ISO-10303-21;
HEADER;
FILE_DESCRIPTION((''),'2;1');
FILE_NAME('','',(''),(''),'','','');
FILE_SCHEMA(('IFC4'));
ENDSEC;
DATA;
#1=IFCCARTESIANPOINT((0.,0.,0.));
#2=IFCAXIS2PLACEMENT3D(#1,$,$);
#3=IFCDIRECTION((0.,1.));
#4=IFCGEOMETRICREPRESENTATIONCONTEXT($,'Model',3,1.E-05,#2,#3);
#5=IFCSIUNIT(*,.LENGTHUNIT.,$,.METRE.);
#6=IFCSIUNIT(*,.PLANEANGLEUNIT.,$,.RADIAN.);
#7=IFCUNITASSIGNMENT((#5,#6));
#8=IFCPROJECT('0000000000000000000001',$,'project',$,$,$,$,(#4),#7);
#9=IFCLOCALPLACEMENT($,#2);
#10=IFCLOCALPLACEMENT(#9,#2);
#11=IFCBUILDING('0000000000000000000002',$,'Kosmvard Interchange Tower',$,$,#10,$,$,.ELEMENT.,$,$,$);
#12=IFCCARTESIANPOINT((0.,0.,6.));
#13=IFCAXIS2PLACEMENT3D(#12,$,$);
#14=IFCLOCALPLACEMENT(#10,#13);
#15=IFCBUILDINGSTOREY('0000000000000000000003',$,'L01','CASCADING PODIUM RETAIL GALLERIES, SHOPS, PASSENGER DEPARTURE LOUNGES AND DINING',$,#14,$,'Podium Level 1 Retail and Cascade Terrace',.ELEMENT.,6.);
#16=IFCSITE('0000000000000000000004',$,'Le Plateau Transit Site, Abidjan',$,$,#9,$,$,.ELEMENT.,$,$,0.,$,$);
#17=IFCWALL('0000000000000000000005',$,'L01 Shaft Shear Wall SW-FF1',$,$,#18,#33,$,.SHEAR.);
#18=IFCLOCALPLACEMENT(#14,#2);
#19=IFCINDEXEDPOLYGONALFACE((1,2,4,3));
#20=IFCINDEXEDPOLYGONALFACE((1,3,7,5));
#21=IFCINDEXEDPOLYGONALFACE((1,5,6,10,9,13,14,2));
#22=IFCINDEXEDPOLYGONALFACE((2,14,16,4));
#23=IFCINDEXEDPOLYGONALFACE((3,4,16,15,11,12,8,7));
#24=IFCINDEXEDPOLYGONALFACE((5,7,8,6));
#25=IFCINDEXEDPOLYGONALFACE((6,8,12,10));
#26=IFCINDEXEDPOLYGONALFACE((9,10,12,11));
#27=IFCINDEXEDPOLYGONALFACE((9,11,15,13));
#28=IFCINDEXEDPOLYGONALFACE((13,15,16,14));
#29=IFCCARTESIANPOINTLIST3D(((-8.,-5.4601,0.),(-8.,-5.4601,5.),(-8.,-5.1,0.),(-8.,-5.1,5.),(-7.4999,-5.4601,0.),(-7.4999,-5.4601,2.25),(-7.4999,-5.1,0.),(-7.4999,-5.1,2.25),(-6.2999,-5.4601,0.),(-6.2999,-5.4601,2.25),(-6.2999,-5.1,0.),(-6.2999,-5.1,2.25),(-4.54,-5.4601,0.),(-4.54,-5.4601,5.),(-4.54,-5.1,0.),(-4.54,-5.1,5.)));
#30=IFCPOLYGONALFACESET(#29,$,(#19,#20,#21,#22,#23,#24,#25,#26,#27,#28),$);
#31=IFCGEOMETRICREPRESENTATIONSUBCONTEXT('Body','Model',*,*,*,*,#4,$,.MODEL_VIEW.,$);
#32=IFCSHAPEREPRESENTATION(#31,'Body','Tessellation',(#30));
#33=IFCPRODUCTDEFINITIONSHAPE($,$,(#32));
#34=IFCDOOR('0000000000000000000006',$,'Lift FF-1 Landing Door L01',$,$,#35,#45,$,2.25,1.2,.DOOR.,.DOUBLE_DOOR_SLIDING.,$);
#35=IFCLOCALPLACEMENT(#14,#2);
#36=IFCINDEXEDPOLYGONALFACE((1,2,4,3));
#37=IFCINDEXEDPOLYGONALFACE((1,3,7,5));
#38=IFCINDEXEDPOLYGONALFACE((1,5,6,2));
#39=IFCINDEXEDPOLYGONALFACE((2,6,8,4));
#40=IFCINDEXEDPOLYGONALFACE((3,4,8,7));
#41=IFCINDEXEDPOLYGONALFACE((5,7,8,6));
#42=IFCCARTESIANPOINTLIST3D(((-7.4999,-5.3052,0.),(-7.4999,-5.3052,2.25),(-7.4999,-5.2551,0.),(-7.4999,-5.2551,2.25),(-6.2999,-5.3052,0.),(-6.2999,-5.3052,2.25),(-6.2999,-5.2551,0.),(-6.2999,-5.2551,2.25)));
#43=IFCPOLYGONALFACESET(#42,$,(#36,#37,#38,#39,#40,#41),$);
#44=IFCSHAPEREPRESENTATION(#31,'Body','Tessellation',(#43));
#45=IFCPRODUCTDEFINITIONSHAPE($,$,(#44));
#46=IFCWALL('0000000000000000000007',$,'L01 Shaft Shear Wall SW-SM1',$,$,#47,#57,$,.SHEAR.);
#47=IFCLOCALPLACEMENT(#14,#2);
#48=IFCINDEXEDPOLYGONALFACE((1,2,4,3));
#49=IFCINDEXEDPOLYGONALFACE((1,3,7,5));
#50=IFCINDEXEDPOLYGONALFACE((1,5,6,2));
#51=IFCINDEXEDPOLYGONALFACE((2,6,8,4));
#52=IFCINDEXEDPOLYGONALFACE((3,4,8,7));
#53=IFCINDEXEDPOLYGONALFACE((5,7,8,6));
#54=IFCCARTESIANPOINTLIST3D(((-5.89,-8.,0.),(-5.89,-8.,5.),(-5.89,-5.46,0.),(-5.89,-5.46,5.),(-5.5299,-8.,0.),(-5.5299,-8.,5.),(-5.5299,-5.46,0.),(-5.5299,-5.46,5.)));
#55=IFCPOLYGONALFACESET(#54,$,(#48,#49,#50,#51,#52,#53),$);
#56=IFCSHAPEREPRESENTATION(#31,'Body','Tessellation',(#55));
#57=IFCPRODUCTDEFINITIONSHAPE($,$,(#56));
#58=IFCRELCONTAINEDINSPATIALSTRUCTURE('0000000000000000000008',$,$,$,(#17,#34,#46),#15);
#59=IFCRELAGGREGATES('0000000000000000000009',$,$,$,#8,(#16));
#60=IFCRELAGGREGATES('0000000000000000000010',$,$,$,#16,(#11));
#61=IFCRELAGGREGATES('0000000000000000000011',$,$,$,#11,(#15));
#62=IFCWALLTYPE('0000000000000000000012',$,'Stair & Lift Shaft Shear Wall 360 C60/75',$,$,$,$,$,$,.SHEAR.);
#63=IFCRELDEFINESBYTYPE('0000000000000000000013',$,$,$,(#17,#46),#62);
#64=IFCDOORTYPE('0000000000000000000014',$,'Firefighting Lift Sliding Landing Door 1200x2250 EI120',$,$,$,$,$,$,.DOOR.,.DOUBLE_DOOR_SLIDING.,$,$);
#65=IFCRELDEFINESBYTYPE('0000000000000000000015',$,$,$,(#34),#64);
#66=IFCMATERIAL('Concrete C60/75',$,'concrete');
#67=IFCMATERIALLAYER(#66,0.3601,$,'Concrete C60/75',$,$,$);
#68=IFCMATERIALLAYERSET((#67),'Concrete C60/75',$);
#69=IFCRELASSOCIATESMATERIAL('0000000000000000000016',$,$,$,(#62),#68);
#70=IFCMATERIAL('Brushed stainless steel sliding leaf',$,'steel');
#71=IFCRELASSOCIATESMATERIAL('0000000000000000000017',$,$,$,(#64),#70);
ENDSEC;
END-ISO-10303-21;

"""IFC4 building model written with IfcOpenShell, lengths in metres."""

from ifc_helpers import new_model, si_unit, direction, frame, frame_2d, origin, place, context, subcontext, project, spatial, rectangle, extrude, source, transform, mapped, material, layer, layer_set, type_object, element, fill, save


model = new_model("IFC4")

# Units and contexts
model_context = context("Model", 3, precision=1e-05, world=origin(), true_north=direction((0.0, 1.0)))
body_context = subcontext(model_context, "Body", "Model", "MODEL_VIEW")
ifc_project = project(units=[si_unit("LENGTHUNIT", "METRE"), si_unit("PLANEANGLEUNIT", "RADIAN")], contexts=[model_context])

# Site, building, storey
site_placement = place(None, origin())
site = spatial("IfcSite", under=ifc_project, at=site_placement, Name="Le Plateau Transit Site, Abidjan", CompositionType="ELEMENT", RefElevation=0.0)
building_placement = place(site_placement, origin())
building = spatial("IfcBuilding", under=site, at=building_placement, Name="Kosmvard Interchange Tower", CompositionType="ELEMENT")
storey_placement = place(building_placement, frame((0.0, 0.0, 6.0)))
storey = spatial("IfcBuildingStorey", under=building, at=storey_placement, Name="L01", Description="CASCADING PODIUM RETAIL GALLERIES, SHOPS, PASSENGER DEPARTURE LOUNGES AND DINING", LongName="Podium Level 1 Retail and Cascade Terrace", CompositionType="ELEMENT", Elevation=6.0)

# Shared definitions
ifc_material_1 = material(Name="Brushed stainless steel sliding leaf", Category="steel")

# Shared definitions
ifc_material_2 = material(Name="Concrete C60/75", Category="concrete")
ifc_layer_1 = layer(ifc_material_2, 0.3601, Name="Concrete C60/75")
ifc_layer_set_1 = layer_set([ifc_layer_1], Name="Concrete C60/75")
wall_type_1 = type_object("IfcWallType", Name="Stair & Lift Shaft Shear Wall 360 C60/75", PredefinedType="SHEAR", material=ifc_layer_set_1)

# Wall, opening, door
wall_1_placement = place(storey_placement, frame((-8.0, -5.28, 0.0), z_axis=(0.0, 0.0, 1.0), x_axis=(1.0, 0.0, 0.0)))
wall_1 = element("IfcWall", 1, at=wall_1_placement, inside=storey, type_object=wall_type_1, Name="L01 Shaft Shear Wall SW-FF1", PredefinedType="SHEAR", context=body_context, shape_type="SweptSolid", body=[
    extrude(rectangle(XDim=3.46, YDim=0.3601, at=frame_2d((1.73, 0.0))), origin(), (0.0, 0.0, 1.0), 5.0),
])
opening_1_placement = place(wall_1_placement, frame((0.5, 0.0, 0.0)))
opening_1 = element("IfcOpeningElement", 2, at=opening_1_placement, cuts=wall_1, PredefinedType="OPENING", context=body_context, shape_type="SweptSolid", body=[
    extrude(rectangle(XDim=1.2, YDim=2.25, at=frame_2d((0.6001, 1.125))), frame((0.0, 0.1899, 0.0), z_axis=(0.0, -1.0, 0.0), x_axis=(1.0, 0.0, 0.0)), (0.0, 0.0, 1.0), 0.3801),
])
door_type_1 = type_object("IfcDoorType", Name="Firefighting Lift Sliding Landing Door 1200x2250 EI120", OperationType="DOUBLE_DOOR_SLIDING", PredefinedType="DOOR", material=ifc_material_1)
shared_shape_1 = source(origin(), body_context, "Body", "SweptSolid", [
    extrude(rectangle(XDim=1.2, YDim=2.25, at=frame_2d((0.6001, 1.125))), frame((0.0, 0.0249, 0.0), z_axis=(0.0, -1.0, 0.0), x_axis=(1.0, 0.0, 0.0)), (0.0, 0.0, 1.0), 0.05),
])
door_1_placement = place(opening_1_placement, origin())
door_1 = element("IfcDoor", 3, at=door_1_placement, inside=storey, type_object=door_type_1, Name="Lift FF-1 Landing Door L01", OperationType="DOUBLE_DOOR_SLIDING", OverallHeight=2.25, OverallWidth=1.2, PredefinedType="DOOR", context=body_context, shape_type="MappedRepresentation", body=[
    mapped(shared_shape_1, transform((0.0, 0.0, 0.0), scale=1.0)),
])
fill(opening_1, door_1)

# Wall
wall_2_placement = place(storey_placement, frame((-5.71, -8.0, 0.0), z_axis=(0.0, 0.0, 1.0), x_axis=(0.0, 1.0, 0.0)))
element("IfcWall", 4, at=wall_2_placement, inside=storey, type_object=wall_type_1, Name="L01 Shaft Shear Wall SW-SM1", PredefinedType="SHEAR", context=body_context, shape_type="SweptSolid", body=[
    extrude(rectangle(XDim=2.54, YDim=0.3601, at=frame_2d((1.27, 0.0))), origin(), (0.0, 0.0, 1.0), 5.0),
])

save(model, "model.ifc")
